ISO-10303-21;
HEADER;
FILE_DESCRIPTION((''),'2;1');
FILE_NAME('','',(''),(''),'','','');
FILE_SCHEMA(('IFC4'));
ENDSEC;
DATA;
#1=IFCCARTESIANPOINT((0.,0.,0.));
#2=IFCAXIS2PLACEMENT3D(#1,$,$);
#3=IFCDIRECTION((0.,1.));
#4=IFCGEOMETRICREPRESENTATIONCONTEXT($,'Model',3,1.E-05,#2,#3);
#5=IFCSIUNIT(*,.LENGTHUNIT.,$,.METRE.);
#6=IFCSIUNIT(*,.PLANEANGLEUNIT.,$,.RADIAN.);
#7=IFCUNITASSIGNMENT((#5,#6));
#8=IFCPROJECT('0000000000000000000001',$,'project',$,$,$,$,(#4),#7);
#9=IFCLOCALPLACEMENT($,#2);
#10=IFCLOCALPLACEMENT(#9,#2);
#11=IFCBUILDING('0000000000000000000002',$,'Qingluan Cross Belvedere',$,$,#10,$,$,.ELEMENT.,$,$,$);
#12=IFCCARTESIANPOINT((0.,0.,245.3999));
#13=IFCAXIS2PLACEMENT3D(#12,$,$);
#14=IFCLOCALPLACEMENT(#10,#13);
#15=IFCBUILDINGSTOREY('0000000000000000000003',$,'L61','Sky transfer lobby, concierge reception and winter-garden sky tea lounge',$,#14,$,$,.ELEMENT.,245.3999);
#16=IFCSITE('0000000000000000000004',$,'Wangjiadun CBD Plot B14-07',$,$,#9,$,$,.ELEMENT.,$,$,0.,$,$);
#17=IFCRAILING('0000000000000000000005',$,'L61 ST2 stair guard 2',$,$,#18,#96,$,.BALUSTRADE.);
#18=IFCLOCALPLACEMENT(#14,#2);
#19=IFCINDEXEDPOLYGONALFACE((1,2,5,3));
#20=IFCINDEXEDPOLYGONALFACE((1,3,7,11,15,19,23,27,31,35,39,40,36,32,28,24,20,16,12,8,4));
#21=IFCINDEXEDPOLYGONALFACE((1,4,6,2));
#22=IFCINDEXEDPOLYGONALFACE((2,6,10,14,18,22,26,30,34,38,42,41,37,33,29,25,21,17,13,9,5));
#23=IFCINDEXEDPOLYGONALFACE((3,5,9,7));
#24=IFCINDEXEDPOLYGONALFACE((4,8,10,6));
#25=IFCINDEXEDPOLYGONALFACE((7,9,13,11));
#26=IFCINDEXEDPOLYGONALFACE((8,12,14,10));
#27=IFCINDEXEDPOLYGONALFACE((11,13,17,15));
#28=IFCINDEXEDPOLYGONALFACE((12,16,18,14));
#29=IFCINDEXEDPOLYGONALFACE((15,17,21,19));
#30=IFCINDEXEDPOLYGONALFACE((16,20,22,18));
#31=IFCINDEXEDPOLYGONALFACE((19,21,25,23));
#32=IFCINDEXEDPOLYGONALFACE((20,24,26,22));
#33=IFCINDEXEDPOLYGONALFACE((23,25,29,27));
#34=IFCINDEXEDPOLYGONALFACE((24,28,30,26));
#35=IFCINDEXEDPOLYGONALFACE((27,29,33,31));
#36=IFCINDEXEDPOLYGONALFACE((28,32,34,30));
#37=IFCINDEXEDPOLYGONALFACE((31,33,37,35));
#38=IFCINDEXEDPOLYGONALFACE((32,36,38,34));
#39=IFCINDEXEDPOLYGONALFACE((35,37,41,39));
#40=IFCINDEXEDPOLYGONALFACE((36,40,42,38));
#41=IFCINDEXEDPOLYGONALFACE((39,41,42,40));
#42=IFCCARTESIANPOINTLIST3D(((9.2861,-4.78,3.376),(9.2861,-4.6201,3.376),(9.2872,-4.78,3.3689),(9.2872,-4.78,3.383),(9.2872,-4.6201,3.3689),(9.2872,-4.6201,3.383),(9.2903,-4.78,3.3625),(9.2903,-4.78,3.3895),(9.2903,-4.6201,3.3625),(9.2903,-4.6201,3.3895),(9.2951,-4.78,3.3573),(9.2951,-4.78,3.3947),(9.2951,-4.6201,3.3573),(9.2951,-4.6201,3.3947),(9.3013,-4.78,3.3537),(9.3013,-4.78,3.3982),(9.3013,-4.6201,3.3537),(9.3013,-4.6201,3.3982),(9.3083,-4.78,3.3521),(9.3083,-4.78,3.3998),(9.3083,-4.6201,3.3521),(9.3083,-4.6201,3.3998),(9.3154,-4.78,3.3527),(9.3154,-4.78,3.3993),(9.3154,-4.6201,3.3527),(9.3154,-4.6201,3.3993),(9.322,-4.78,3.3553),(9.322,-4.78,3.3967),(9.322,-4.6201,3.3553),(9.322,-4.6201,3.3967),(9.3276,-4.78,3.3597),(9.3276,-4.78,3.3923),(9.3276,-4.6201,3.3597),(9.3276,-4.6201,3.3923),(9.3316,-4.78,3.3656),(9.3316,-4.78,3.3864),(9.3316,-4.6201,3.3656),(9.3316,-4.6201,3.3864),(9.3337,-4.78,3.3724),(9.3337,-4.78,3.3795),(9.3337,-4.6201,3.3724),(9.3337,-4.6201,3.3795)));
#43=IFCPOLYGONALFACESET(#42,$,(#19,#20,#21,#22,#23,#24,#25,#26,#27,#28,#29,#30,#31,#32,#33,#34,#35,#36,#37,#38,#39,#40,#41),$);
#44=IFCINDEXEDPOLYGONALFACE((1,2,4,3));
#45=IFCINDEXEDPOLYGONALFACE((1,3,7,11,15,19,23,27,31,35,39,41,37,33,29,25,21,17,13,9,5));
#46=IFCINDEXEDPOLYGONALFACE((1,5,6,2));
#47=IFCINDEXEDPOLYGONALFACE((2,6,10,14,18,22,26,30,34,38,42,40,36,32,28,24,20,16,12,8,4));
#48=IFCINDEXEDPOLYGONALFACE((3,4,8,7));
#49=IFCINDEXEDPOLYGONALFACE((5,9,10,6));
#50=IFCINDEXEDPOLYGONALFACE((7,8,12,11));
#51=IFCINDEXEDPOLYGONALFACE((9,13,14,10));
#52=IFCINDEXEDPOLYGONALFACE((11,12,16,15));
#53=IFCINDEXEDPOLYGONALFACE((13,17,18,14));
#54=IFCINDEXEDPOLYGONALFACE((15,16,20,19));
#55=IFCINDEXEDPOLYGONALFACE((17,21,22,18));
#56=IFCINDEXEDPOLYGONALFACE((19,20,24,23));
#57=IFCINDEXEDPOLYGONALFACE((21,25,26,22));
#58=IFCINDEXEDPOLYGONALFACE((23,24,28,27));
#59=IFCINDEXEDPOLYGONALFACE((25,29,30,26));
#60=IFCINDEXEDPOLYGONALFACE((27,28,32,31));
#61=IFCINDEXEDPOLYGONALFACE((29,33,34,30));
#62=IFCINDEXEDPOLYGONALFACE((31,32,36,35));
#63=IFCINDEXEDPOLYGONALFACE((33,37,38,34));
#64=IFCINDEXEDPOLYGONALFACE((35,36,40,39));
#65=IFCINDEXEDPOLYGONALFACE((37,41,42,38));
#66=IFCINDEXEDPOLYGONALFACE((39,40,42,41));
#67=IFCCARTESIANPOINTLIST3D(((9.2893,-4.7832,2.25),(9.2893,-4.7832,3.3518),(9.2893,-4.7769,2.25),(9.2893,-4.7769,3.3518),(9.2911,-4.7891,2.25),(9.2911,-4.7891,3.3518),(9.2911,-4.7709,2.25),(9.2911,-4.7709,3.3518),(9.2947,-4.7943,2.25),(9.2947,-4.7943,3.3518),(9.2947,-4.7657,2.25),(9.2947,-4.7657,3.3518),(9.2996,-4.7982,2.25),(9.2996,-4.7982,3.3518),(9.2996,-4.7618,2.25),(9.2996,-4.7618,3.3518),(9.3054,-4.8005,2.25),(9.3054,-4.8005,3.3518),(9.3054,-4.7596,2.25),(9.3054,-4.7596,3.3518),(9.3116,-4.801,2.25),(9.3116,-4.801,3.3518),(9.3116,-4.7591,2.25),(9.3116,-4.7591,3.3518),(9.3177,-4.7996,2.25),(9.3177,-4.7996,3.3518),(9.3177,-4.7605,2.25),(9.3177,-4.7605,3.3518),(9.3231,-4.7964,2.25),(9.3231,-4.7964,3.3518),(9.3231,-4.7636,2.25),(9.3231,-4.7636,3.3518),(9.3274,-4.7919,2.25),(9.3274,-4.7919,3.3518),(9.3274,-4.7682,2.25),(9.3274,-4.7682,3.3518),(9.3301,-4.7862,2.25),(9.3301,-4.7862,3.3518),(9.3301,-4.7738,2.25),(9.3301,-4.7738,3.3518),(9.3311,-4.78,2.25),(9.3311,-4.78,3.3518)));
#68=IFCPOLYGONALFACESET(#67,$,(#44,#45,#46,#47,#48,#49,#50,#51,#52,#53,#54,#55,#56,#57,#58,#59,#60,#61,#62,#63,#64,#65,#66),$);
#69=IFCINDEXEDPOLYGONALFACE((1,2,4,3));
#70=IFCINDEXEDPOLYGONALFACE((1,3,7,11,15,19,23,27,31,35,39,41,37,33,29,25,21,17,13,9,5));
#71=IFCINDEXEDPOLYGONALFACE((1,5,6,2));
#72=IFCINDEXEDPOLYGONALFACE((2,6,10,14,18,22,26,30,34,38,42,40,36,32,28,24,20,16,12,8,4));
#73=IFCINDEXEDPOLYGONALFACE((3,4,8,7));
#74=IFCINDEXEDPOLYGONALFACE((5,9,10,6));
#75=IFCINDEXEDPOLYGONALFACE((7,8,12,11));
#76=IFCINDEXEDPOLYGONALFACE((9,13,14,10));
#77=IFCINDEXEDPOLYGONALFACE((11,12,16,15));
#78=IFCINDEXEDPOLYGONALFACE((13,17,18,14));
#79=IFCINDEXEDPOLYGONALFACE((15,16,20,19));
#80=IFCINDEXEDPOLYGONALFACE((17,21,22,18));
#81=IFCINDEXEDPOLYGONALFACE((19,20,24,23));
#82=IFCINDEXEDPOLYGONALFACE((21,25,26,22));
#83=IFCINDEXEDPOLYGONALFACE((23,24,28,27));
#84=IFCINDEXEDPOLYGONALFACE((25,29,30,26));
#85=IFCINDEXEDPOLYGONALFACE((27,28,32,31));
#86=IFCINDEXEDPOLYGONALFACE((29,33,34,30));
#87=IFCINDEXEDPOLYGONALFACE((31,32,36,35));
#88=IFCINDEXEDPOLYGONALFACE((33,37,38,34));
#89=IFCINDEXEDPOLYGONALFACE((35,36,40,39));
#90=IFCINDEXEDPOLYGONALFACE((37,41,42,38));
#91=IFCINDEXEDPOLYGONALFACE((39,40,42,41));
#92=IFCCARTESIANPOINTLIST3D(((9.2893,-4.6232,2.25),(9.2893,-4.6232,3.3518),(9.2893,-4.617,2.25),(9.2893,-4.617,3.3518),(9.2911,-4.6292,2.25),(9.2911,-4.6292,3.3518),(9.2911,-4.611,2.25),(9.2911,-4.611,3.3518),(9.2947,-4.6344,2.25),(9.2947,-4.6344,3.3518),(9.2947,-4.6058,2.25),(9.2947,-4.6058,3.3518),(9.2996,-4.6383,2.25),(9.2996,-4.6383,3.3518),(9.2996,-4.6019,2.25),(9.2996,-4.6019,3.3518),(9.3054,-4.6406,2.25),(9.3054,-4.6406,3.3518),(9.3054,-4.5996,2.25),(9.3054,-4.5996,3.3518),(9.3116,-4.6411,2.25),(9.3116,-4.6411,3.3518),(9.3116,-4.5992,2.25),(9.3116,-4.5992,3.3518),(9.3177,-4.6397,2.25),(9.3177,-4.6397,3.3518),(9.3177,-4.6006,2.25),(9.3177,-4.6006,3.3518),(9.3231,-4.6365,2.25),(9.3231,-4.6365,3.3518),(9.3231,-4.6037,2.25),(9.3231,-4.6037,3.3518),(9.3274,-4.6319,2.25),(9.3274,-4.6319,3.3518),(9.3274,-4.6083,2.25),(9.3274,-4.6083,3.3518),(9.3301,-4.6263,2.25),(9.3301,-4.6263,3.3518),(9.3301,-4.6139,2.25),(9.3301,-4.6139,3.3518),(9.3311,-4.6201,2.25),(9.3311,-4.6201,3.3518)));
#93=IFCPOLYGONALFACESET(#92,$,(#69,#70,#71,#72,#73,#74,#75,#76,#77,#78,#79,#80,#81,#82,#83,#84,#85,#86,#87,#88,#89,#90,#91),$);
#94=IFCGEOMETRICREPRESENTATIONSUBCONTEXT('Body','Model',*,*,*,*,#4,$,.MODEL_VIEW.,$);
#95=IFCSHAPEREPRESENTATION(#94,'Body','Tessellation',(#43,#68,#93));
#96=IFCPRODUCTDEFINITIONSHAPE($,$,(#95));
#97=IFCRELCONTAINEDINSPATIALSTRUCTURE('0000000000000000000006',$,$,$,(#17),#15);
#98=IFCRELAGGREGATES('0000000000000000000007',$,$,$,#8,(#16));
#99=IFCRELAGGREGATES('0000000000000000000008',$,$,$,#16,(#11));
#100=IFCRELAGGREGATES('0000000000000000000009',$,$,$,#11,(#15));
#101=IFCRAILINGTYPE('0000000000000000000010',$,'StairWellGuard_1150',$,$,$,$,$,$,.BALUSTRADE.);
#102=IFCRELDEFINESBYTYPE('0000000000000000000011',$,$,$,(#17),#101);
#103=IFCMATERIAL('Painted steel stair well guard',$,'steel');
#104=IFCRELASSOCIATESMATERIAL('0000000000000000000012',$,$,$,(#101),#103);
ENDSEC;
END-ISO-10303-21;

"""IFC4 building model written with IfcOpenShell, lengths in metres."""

from ifc_helpers import new_model, si_unit, direction, frame, origin, origin_2d, place, context, subcontext, project, spatial, circle, extrude, material, type_object, element, save


model = new_model("IFC4")

# Units and contexts
model_context = context("Model", 3, precision=1e-05, world=origin(), true_north=direction((0.0, 1.0)))
body_context = subcontext(model_context, "Body", "Model", "MODEL_VIEW")
ifc_project = project(units=[si_unit("LENGTHUNIT", "METRE"), si_unit("PLANEANGLEUNIT", "RADIAN")], contexts=[model_context])

# Site, building, storey
site_placement = place(None, origin())
site = spatial("IfcSite", under=ifc_project, at=site_placement, Name="Wangjiadun CBD Plot B14-07", CompositionType="ELEMENT", RefElevation=0.0)
building_placement = place(site_placement, origin())
building = spatial("IfcBuilding", under=site, at=building_placement, Name="Qingluan Cross Belvedere", CompositionType="ELEMENT")
storey_placement = place(building_placement, frame((0.0, 0.0, 245.3999)))
storey = spatial("IfcBuildingStorey", under=building, at=storey_placement, Name="L61", Description="Sky transfer lobby, concierge reception and winter-garden sky tea lounge", CompositionType="ELEMENT", Elevation=245.3999)

# Railing
ifc_material_1 = material(Name="Painted steel stair well guard", Category="steel")
railing_type_1 = type_object("IfcRailingType", Name="StairWellGuard_1150", PredefinedType="BALUSTRADE", material=ifc_material_1)
railing_1_placement = place(storey_placement, frame((9.3101, -4.78, 2.25)))
element("IfcRailing", 1, at=railing_1_placement, inside=storey, type_object=railing_type_1, Name="L61 ST2 stair guard 2", PredefinedType="BALUSTRADE", context=body_context, shape_type="SweptSolid", body=[
    extrude(circle(Radius=0.0239, at=origin_2d()), frame((0.0, 0.0, 1.126), z_axis=(0.0, 1.0, 0.0), x_axis=(-1.0, 0.0, 0.0)), (0.0, 0.0, 1.0), 0.1599),
    extrude(circle(Radius=0.021, at=origin_2d()), origin(), (0.0, 0.0, 1.0), 1.1018),
    extrude(circle(Radius=0.021, at=origin_2d()), frame((0.0, 0.1599, 0.0)), (0.0, 0.0, 1.0), 1.1018),
])

save(model, "model.ifc")
